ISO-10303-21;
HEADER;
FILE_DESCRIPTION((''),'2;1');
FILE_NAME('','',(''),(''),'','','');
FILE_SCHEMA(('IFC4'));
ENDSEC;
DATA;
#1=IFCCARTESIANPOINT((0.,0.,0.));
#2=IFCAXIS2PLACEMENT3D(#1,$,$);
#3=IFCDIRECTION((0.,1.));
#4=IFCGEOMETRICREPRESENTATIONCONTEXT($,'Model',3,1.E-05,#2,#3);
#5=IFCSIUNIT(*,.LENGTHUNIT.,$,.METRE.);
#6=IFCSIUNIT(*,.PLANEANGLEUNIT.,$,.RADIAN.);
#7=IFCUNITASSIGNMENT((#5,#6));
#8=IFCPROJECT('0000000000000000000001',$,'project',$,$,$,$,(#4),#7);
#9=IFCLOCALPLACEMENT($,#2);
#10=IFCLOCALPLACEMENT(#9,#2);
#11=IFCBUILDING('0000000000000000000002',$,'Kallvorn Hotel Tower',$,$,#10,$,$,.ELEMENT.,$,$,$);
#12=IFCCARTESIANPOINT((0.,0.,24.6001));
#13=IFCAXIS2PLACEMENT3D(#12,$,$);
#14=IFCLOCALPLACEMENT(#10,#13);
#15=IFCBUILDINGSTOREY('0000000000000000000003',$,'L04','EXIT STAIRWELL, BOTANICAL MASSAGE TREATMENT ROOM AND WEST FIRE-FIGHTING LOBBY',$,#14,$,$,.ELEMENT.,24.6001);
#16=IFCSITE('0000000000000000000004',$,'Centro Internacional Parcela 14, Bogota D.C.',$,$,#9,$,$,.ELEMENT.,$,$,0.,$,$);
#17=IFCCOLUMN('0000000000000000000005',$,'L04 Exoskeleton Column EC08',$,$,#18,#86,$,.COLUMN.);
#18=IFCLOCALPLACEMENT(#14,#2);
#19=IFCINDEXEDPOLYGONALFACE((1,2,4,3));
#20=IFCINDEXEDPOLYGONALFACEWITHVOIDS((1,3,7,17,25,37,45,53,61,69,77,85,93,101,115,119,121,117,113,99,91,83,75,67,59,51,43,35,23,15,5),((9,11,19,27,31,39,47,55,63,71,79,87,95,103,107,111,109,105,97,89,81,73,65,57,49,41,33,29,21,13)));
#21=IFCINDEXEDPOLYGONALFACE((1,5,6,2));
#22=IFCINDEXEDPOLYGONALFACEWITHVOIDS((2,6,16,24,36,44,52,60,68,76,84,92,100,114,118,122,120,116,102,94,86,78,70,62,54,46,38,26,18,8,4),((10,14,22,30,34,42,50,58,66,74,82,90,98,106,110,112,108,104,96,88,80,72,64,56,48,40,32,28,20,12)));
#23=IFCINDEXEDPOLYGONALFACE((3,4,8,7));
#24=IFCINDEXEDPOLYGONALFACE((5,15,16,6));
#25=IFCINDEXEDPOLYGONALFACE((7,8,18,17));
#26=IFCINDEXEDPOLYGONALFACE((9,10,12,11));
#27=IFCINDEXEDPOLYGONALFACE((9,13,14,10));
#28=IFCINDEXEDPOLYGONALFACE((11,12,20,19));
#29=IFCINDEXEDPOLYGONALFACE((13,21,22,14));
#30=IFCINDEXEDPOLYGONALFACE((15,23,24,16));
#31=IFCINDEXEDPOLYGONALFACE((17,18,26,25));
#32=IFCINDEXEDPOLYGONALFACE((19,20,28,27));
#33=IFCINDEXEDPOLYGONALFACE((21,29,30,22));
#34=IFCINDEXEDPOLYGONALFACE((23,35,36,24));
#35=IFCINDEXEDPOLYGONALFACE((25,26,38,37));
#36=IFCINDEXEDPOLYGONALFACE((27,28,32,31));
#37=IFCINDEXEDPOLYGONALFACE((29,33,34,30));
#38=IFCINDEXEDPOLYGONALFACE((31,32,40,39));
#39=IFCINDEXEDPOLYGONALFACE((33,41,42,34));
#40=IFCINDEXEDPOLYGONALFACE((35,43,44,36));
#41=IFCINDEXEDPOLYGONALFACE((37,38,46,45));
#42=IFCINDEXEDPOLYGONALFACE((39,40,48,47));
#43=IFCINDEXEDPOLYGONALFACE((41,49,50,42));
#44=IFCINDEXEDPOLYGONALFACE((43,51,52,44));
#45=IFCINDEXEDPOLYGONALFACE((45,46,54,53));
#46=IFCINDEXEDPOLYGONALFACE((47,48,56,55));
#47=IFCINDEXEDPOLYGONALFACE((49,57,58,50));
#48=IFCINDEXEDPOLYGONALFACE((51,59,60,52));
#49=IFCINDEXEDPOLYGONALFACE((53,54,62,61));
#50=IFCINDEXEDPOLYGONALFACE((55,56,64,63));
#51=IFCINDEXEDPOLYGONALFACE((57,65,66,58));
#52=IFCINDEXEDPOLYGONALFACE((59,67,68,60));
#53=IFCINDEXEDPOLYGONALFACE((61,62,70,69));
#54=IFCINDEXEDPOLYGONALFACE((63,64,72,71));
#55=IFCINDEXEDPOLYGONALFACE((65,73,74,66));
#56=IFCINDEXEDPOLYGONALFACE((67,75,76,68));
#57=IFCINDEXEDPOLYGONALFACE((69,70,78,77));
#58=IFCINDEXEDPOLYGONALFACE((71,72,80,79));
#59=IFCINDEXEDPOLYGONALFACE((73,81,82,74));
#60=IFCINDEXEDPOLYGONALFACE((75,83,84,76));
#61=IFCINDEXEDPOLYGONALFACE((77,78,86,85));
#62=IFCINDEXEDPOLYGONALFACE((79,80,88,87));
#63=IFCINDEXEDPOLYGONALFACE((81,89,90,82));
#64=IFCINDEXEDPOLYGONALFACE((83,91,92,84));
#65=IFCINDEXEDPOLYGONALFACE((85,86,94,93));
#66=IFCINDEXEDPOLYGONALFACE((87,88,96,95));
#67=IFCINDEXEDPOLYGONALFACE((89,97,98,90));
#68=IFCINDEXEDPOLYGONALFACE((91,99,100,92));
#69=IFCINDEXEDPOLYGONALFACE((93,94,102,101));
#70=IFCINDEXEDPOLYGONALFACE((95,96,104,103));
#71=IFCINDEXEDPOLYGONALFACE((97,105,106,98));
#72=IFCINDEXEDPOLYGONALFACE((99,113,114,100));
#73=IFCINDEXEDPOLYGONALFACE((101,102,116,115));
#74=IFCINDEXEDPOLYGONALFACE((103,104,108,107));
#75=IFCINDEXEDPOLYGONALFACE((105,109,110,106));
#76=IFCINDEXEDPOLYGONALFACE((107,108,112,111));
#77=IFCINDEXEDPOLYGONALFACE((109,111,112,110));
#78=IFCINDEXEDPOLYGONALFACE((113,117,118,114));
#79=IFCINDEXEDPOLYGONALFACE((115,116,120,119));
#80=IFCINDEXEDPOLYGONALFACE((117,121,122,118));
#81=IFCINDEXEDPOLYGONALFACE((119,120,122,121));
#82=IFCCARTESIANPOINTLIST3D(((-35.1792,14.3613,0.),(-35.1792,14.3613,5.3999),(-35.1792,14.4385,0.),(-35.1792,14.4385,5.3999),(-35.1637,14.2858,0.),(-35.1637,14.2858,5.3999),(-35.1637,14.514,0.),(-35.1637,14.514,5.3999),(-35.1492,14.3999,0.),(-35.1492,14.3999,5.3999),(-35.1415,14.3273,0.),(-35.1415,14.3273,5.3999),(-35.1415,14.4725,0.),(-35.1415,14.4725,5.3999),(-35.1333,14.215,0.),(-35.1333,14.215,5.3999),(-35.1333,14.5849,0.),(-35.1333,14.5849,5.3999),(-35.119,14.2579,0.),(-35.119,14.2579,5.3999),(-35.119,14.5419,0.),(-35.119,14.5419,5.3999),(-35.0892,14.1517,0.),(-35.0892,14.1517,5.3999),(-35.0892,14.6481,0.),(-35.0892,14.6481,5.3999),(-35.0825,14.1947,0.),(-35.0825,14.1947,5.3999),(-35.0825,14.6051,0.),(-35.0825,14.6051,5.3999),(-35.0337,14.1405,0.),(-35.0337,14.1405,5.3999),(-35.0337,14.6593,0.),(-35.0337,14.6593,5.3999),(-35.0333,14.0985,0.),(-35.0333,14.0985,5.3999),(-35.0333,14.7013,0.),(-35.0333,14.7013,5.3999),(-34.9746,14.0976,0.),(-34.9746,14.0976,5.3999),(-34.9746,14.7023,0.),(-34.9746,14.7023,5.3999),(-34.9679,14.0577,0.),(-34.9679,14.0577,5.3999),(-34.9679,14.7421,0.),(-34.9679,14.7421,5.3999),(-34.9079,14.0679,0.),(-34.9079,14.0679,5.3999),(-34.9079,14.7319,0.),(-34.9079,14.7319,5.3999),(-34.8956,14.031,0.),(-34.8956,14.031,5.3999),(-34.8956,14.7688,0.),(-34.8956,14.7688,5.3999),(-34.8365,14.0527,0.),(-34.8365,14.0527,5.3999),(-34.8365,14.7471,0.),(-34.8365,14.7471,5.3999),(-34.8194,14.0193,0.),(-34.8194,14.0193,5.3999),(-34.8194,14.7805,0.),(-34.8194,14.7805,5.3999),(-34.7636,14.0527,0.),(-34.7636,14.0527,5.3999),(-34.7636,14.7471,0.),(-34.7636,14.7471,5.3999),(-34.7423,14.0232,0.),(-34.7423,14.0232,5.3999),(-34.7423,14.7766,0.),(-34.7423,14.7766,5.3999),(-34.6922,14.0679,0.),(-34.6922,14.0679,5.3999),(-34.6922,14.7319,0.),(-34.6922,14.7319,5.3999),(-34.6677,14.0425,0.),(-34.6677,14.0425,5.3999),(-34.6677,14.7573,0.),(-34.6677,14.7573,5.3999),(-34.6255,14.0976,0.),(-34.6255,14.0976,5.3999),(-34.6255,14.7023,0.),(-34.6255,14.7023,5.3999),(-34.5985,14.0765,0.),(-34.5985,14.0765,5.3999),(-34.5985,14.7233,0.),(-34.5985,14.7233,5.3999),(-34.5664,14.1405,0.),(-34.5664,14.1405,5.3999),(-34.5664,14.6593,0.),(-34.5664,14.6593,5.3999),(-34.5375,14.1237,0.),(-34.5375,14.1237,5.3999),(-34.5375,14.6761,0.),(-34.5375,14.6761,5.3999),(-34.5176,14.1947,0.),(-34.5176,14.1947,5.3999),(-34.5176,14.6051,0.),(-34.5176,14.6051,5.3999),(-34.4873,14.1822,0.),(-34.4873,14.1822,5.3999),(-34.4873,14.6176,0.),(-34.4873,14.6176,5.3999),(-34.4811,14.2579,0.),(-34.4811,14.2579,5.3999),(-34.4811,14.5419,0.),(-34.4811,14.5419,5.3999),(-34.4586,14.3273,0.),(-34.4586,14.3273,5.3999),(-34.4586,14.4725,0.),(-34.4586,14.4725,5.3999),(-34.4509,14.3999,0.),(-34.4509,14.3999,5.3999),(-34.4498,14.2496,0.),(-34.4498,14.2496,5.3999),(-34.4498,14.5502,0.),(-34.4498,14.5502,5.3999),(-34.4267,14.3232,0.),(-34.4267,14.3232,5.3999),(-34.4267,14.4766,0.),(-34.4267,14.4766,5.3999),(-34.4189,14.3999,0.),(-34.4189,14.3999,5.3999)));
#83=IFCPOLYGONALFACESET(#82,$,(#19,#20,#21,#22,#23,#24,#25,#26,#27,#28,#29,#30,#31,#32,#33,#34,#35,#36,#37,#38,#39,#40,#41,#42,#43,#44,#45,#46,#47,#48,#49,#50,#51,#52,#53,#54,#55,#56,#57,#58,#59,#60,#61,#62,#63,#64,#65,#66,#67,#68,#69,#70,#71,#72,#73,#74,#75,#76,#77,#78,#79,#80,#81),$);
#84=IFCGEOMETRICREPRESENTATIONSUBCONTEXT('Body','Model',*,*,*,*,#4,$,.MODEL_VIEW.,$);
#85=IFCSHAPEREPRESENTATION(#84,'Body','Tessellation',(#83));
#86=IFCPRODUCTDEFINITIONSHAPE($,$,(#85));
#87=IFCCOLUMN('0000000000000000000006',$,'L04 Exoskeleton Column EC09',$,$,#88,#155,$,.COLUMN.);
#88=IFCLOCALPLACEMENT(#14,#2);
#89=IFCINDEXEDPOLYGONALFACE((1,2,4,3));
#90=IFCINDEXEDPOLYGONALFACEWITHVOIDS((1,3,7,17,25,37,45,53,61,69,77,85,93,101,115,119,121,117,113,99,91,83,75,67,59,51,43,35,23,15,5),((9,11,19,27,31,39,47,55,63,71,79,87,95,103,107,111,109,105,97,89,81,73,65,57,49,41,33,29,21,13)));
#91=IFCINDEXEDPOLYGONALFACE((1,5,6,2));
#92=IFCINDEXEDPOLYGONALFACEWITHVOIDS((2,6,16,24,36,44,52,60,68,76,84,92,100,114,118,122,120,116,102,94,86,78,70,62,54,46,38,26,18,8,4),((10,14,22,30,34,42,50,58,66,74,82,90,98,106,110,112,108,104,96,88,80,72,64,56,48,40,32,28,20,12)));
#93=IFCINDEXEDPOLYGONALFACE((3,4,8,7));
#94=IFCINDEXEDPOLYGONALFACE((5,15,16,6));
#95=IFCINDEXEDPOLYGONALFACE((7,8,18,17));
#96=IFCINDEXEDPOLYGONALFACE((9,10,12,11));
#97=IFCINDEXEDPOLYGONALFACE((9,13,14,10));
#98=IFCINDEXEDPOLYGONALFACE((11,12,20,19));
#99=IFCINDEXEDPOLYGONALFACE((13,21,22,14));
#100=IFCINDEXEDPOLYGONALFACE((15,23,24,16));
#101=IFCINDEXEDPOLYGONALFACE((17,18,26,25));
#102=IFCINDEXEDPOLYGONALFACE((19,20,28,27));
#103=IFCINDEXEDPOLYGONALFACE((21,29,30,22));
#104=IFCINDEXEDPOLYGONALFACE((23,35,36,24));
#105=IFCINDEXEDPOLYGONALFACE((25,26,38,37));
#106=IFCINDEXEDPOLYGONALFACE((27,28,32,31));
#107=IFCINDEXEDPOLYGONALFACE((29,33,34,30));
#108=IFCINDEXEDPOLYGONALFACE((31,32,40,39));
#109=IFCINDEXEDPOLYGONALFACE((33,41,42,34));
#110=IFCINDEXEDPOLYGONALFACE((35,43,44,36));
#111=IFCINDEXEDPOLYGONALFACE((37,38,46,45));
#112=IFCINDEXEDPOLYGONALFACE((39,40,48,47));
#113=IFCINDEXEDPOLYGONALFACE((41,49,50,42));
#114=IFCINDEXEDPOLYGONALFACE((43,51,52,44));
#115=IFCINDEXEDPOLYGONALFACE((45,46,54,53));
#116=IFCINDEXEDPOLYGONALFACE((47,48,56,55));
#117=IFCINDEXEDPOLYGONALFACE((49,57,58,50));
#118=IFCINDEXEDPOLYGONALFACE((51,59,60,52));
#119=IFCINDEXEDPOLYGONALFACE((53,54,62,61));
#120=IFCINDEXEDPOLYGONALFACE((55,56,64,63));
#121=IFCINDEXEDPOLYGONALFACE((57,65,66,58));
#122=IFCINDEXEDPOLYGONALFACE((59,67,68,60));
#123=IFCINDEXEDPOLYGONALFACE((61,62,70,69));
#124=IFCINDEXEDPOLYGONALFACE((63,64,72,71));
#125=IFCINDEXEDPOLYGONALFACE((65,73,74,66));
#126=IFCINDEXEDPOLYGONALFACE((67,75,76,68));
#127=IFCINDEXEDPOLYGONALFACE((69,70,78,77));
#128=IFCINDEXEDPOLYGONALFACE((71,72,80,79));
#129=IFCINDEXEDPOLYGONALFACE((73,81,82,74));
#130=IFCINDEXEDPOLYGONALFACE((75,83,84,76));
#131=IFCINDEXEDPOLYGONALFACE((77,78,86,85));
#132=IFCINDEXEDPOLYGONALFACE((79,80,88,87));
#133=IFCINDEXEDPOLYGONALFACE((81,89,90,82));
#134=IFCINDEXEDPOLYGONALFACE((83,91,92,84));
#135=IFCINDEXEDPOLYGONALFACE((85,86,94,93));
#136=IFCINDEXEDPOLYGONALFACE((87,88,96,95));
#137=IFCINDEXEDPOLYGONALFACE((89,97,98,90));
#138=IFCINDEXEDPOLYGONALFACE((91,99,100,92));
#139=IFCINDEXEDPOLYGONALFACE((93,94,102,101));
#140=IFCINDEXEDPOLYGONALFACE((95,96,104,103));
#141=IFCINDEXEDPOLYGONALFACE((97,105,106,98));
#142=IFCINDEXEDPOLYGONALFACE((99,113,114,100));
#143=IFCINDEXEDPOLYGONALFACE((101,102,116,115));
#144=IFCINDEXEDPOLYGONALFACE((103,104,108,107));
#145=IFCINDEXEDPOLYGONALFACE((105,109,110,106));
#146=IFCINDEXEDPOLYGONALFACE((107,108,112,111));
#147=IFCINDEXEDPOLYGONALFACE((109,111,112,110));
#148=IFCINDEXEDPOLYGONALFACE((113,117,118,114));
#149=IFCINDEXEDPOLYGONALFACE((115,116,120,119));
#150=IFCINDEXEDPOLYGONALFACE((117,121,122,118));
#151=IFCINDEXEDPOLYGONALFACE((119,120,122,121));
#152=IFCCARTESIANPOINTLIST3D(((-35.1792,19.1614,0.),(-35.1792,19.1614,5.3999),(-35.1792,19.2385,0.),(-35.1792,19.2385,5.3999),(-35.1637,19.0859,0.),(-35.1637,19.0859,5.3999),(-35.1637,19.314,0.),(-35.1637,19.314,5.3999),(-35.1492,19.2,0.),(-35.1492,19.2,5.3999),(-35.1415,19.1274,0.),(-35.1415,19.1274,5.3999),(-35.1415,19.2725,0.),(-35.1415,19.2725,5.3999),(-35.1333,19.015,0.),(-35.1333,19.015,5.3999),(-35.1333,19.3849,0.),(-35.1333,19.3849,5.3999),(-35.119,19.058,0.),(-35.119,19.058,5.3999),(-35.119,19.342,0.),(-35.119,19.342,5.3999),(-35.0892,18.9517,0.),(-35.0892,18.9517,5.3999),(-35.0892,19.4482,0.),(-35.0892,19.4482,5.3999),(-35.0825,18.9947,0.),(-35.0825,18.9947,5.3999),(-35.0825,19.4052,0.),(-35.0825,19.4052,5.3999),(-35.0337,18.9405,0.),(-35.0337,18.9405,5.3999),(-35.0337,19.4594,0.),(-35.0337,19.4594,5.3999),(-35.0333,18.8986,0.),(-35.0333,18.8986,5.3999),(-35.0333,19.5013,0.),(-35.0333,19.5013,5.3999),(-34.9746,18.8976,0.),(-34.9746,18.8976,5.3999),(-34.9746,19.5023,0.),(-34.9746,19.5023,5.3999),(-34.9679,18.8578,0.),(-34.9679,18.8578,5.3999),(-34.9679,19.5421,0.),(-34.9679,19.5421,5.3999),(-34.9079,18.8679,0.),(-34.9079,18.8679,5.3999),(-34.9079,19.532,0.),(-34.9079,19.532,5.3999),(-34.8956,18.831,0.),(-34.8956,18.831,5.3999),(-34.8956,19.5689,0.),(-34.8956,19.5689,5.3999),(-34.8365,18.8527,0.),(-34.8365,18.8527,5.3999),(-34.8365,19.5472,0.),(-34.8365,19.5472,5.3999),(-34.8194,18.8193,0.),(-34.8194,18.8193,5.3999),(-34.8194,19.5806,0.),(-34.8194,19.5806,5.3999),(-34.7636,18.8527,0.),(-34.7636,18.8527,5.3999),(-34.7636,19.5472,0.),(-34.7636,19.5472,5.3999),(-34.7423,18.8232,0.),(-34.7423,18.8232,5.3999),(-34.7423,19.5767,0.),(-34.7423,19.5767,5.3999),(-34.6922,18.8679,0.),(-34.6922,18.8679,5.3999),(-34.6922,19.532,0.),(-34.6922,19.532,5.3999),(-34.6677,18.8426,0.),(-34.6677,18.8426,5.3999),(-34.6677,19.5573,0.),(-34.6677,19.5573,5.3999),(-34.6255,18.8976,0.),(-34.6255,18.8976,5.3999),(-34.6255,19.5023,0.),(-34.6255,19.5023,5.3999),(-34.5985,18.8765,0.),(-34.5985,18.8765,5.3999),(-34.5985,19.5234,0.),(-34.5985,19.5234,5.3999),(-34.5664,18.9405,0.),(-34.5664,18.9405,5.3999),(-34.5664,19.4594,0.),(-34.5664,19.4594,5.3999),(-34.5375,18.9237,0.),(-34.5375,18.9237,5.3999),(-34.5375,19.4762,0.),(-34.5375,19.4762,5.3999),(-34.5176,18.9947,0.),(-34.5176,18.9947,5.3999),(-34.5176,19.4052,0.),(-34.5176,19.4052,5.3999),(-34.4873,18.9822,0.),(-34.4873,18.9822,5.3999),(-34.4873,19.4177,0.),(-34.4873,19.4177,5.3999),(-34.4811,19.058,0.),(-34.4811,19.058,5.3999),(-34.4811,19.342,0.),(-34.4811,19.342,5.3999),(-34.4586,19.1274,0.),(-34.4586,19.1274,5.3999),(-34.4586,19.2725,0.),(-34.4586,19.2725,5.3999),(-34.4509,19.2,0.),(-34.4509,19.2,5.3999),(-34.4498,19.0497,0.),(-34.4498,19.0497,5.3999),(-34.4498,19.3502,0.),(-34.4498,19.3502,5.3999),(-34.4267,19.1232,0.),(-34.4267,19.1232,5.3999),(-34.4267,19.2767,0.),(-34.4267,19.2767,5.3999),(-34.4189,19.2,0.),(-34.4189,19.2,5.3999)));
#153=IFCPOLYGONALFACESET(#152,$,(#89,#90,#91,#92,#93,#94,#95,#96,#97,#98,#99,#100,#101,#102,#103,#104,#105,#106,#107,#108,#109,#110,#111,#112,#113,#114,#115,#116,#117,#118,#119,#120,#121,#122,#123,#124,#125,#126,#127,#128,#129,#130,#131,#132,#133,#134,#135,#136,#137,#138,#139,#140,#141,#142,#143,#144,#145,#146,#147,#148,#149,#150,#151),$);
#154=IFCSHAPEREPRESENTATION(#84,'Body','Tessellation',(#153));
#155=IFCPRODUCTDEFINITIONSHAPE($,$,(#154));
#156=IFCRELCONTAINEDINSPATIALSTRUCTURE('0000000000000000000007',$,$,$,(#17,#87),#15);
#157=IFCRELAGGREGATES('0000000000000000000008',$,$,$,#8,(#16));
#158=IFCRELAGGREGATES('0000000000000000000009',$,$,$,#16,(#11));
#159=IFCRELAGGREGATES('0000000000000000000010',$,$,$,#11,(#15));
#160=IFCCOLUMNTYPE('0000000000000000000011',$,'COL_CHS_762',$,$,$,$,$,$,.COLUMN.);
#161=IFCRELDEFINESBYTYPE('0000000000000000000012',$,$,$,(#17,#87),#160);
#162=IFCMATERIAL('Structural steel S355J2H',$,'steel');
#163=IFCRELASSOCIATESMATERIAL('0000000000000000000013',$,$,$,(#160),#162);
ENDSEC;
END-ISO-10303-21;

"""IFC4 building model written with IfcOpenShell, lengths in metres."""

from ifc_helpers import new_model, si_unit, direction, frame, origin, origin_2d, place, context, subcontext, project, spatial, hollow_circle, extrude, material, material_profile, profile_set, type_object, element, save


model = new_model("IFC4")

# Units and contexts
model_context = context("Model", 3, precision=1e-05, world=origin(), true_north=direction((0.0, 1.0)))
body_context = subcontext(model_context, "Body", "Model", "MODEL_VIEW")
ifc_project = project(units=[si_unit("LENGTHUNIT", "METRE"), si_unit("PLANEANGLEUNIT", "RADIAN")], contexts=[model_context])

# Site, building, storey
site_placement = place(None, origin())
site = spatial("IfcSite", under=ifc_project, at=site_placement, Name="Centro Internacional Parcela 14, Bogota D.C.", CompositionType="ELEMENT", RefElevation=0.0)
building_placement = place(site_placement, origin())
building = spatial("IfcBuilding", under=site, at=building_placement, Name="Kallvorn Hotel Tower", CompositionType="ELEMENT")
storey_placement = place(building_placement, frame((0.0, 0.0, 24.6001)))
storey = spatial("IfcBuildingStorey", under=building, at=storey_placement, Name="L04", Description="EXIT STAIRWELL, BOTANICAL MASSAGE TREATMENT ROOM AND WEST FIRE-FIGHTING LOBBY", CompositionType="ELEMENT", Elevation=24.6001)

# Columns
ifc_material_1 = material(Name="Structural steel S355J2H", Category="steel")
ifc_material_profile_1 = material_profile(ifc_material_1, hollow_circle(Radius=0.3811, WallThickness=0.032, at=origin_2d()), Name="CHS 762x32")
ifc_profile_set_1 = profile_set([ifc_material_profile_1], Name="Structural steel S355J2H")
column_type_1 = type_object("IfcColumnType", Name="COL_CHS_762", PredefinedType="COLUMN", material=ifc_profile_set_1)
for number, where, z_axis, x_axis, name in (
    (1, (-34.8, 14.3999, 0.0), (0.0, 0.0, 1.0), (1.0, 0.0, 0.0), "L04 Exoskeleton Column EC08"),
    (2, (-34.8, 19.2, 0.0), (0.0, 0.0, 1.0), (1.0, 0.0, 0.0), "L04 Exoskeleton Column EC09"),
):
    element("IfcColumn", number, at=place(storey_placement, frame(where, z_axis=z_axis, x_axis=x_axis)), inside=storey, type_object=column_type_1, Name=name, PredefinedType="COLUMN", context=body_context, shape_type="SweptSolid", body=[
        extrude(hollow_circle(Radius=0.3811, WallThickness=0.032, at=origin_2d()), origin(), (0.0, 0.0, 1.0), 5.3999),
    ])

save(model, "model.ifc")
